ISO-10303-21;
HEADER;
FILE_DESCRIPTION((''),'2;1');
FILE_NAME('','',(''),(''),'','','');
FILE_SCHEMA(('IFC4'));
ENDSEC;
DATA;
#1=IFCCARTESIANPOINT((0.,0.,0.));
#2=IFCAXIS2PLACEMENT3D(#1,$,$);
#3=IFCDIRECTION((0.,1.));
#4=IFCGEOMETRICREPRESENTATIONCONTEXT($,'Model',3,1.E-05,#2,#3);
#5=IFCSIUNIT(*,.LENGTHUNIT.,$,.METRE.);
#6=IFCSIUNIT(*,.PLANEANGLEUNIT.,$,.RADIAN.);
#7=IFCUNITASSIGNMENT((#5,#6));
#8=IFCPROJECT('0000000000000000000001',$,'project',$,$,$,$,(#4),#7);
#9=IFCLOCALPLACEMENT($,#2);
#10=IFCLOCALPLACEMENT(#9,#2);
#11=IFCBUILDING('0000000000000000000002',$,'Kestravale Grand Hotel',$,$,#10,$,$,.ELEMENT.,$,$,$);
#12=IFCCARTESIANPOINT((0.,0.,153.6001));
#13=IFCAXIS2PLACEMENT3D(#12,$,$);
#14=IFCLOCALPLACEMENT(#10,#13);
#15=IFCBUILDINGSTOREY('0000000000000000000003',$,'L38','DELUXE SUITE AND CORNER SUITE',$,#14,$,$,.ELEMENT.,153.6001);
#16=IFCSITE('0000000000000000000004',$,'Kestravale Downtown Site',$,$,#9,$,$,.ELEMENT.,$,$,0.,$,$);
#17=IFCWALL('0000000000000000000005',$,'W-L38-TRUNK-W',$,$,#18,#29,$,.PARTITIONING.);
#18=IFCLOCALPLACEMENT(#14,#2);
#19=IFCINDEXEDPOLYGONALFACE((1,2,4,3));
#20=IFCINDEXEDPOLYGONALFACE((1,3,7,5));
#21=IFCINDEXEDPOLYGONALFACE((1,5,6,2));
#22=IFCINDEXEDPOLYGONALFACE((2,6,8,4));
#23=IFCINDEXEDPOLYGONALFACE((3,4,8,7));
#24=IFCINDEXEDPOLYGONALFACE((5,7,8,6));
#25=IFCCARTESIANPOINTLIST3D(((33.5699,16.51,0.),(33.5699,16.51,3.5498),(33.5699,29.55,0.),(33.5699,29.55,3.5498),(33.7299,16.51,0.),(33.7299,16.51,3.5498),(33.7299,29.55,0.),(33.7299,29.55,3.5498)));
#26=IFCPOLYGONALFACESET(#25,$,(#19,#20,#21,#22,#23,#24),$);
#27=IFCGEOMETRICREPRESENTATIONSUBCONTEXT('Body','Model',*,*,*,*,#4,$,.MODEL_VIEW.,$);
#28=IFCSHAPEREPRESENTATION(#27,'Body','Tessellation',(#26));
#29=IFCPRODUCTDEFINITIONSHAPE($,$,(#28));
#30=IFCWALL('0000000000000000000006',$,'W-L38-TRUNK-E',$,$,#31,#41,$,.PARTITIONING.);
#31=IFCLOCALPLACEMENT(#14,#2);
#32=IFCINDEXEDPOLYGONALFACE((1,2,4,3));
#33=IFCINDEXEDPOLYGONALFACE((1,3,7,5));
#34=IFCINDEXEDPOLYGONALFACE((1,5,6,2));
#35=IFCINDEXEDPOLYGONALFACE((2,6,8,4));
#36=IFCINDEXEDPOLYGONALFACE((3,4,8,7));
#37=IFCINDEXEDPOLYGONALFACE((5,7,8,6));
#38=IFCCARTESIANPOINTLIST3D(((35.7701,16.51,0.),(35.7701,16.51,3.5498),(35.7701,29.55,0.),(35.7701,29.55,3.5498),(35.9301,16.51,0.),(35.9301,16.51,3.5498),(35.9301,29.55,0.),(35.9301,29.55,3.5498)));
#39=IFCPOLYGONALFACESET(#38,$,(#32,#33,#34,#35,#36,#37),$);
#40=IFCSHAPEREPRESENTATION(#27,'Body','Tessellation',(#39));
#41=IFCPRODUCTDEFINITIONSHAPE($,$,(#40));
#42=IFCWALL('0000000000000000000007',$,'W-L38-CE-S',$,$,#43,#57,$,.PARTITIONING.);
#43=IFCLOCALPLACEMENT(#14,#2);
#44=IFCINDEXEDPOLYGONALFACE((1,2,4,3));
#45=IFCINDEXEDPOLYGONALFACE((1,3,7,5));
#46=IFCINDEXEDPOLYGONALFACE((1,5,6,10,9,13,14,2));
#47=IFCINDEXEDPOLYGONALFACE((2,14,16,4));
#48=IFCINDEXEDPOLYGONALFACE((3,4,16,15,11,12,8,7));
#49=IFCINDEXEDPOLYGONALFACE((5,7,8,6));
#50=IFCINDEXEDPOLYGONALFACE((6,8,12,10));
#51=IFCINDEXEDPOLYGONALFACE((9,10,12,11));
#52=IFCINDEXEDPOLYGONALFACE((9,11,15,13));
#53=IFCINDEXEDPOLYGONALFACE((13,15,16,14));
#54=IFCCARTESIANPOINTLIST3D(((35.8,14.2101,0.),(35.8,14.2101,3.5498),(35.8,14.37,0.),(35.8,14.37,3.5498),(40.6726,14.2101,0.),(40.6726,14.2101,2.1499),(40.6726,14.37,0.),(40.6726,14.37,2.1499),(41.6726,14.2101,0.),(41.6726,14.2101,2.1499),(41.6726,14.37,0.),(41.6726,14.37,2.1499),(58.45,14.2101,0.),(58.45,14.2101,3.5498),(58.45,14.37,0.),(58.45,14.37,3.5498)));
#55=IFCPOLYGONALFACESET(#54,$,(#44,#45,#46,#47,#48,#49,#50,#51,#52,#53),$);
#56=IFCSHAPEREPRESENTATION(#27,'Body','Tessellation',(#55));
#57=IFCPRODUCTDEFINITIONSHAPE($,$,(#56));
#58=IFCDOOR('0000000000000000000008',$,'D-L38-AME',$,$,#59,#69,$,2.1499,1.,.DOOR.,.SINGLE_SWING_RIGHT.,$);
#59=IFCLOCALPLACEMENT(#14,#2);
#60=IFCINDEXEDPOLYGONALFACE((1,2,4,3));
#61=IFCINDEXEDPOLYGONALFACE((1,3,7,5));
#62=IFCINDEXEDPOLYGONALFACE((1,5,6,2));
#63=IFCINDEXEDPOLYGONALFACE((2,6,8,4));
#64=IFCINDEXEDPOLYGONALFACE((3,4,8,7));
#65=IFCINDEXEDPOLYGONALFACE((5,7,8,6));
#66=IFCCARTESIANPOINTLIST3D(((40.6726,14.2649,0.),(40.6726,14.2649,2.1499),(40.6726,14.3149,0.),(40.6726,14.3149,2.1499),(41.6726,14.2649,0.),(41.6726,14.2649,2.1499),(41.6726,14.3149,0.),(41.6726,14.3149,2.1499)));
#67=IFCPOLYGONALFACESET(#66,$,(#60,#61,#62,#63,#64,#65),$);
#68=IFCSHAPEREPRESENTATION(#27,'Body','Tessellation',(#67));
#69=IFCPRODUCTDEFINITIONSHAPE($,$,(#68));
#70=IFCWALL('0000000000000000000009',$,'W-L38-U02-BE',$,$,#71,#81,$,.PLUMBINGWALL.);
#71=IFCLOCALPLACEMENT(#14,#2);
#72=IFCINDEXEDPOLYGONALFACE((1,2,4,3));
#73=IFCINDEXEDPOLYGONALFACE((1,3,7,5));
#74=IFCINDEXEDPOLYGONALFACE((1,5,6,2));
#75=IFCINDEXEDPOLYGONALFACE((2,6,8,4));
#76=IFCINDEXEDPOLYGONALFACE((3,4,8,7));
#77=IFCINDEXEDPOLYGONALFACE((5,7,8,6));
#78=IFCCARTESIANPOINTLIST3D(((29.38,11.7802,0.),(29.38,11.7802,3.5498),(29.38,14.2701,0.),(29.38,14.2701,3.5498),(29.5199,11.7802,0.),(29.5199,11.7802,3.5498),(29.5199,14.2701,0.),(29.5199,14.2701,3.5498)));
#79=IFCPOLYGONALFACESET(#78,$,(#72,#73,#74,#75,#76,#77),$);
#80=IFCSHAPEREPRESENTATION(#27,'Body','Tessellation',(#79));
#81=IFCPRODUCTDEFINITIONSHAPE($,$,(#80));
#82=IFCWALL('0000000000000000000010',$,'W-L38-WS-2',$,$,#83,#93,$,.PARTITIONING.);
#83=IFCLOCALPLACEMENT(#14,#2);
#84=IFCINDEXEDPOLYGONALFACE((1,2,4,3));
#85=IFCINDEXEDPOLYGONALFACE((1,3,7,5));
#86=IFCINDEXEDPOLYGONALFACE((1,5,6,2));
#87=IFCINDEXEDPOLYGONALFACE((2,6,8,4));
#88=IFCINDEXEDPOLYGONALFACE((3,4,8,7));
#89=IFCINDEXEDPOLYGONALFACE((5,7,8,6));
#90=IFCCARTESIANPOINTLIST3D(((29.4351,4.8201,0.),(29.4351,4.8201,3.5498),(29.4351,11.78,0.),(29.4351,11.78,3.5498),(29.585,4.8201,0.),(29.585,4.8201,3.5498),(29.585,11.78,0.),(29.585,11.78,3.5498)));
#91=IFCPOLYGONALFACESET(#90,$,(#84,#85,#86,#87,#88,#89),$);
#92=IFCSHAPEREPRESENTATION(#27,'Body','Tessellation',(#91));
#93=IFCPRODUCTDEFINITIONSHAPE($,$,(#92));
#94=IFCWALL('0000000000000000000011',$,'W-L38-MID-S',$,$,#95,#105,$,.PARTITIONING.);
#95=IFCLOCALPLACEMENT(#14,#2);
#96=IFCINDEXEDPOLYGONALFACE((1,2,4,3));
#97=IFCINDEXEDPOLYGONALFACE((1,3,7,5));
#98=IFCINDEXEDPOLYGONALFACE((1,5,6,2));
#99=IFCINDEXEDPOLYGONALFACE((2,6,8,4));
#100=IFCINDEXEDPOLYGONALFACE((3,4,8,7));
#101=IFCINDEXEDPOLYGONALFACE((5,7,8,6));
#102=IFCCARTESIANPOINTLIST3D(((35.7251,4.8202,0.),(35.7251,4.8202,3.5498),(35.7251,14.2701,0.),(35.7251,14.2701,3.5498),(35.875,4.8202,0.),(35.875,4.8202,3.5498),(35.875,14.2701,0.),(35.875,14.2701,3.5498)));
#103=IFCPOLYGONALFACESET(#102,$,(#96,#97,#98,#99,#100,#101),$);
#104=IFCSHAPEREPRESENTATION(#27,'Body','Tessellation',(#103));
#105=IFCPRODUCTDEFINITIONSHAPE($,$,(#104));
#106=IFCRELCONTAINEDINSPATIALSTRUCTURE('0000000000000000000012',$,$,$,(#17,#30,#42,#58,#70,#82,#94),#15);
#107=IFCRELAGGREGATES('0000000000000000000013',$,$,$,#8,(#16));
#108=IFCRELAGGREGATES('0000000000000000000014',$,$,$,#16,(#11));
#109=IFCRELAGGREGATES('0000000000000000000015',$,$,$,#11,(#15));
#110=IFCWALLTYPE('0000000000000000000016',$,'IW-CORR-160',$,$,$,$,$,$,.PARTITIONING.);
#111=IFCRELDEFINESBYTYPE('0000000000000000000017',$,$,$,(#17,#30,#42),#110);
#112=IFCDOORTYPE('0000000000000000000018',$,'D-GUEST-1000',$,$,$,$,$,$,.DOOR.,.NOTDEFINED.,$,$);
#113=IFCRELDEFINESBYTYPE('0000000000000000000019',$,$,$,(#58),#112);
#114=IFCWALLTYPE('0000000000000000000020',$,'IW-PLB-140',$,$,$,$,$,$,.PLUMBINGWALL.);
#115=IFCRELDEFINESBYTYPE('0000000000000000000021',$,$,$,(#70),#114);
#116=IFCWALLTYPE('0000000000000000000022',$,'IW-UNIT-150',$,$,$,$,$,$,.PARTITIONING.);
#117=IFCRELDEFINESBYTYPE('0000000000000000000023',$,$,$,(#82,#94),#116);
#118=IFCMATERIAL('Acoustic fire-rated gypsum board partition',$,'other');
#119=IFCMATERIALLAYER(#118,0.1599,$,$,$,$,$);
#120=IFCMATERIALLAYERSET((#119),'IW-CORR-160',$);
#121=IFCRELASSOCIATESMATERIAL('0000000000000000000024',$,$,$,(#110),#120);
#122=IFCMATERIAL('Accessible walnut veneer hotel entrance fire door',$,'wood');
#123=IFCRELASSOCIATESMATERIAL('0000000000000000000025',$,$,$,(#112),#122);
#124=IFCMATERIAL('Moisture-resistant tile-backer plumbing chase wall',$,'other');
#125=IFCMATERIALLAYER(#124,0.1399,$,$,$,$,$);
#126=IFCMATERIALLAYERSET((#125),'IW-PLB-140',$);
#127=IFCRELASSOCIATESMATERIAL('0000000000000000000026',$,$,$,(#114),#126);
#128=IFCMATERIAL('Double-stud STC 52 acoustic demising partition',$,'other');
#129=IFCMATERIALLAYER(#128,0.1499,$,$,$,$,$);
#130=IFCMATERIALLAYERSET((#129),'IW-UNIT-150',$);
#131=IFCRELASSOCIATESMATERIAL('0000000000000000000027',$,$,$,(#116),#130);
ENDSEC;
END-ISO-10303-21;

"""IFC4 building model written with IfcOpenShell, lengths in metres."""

from ifc_helpers import new_model, si_unit, direction, frame, frame_2d, origin, place, context, subcontext, project, spatial, rectangle, extrude, material, layer, layer_set, type_object, element, fill, save


model = new_model("IFC4")

# Units and contexts
model_context = context("Model", 3, precision=1e-05, world=origin(), true_north=direction((0.0, 1.0)))
body_context = subcontext(model_context, "Body", "Model", "MODEL_VIEW")
ifc_project = project(units=[si_unit("LENGTHUNIT", "METRE"), si_unit("PLANEANGLEUNIT", "RADIAN")], contexts=[model_context])

# Site, building, storey
site_placement = place(None, origin())
site = spatial("IfcSite", under=ifc_project, at=site_placement, Name="Kestravale Downtown Site", CompositionType="ELEMENT", RefElevation=0.0)
building_placement = place(site_placement, origin())
building = spatial("IfcBuilding", under=site, at=building_placement, Name="Kestravale Grand Hotel", CompositionType="ELEMENT")
storey_placement = place(building_placement, frame((0.0, 0.0, 153.6001)))
storey = spatial("IfcBuildingStorey", under=building, at=storey_placement, Name="L38", Description="DELUXE SUITE AND CORNER SUITE", CompositionType="ELEMENT", Elevation=153.6001)

# Shared definitions
ifc_material_1 = material(Name="Acoustic fire-rated gypsum board partition", Category="other")
ifc_layer_1 = layer(ifc_material_1, 0.1599)
ifc_layer_set_1 = layer_set([ifc_layer_1], Name="IW-CORR-160")
wall_type_1 = type_object("IfcWallType", Name="IW-CORR-160", PredefinedType="PARTITIONING", material=ifc_layer_set_1)
ifc_material_2 = material(Name="Accessible walnut veneer hotel entrance fire door", Category="wood")
door_type = type_object("IfcDoorType", Name="D-GUEST-1000", OperationType="NOTDEFINED", PredefinedType="DOOR", material=ifc_material_2)

# Walls
for number, where, z_axis, x_axis, name in (
    (1, (33.6499, 16.51, 0.0), (0.0, 0.0, 1.0), (0.0, 1.0, 0.0), "W-L38-TRUNK-W"),
    (2, (35.8501, 16.51, 0.0), (0.0, 0.0, 1.0), (0.0, 1.0, 0.0), "W-L38-TRUNK-E"),
):
    element("IfcWall", number, at=place(storey_placement, frame(where, z_axis=z_axis, x_axis=x_axis)), inside=storey, type_object=wall_type_1, Name=name, PredefinedType="PARTITIONING", context=body_context, shape_type="SweptSolid", body=[
        extrude(rectangle(XDim=13.04, YDim=0.1599, at=frame_2d((6.52, 0.0))), origin(), (0.0, 0.0, 1.0), 3.5498),
    ])

# Wall, opening, door
wall_1_placement = place(storey_placement, frame((35.8, 14.29, 0.0), z_axis=(0.0, 0.0, 1.0), x_axis=(1.0, 0.0, 0.0)))
wall_1 = element("IfcWall", 3, at=wall_1_placement, inside=storey, type_object=wall_type_1, Name="W-L38-CE-S", PredefinedType="PARTITIONING", context=body_context, shape_type="SweptSolid", body=[
    extrude(rectangle(XDim=22.6499, YDim=0.1599, at=frame_2d((11.325, 0.0))), origin(), (0.0, 0.0, 1.0), 3.5498),
])
opening_1_placement = place(wall_1_placement, frame((4.8726, 0.0, 0.0)))
opening_1 = element("IfcOpeningElement", 4, at=opening_1_placement, cuts=wall_1, PredefinedType="OPENING", context=body_context, shape_type="SweptSolid", body=[
    extrude(rectangle(XDim=1.0, YDim=2.1499, at=frame_2d((0.5, 1.075))), frame((0.0, 0.0898, 0.0), z_axis=(0.0, -1.0, 0.0), x_axis=(1.0, 0.0, 0.0)), (0.0, 0.0, 1.0), 0.1799),
])
door_1_placement = place(opening_1_placement, origin())
door_1 = element("IfcDoor", 5, at=door_1_placement, inside=storey, type_object=door_type, Name="D-L38-AME", OperationType="SINGLE_SWING_RIGHT", OverallHeight=2.1499, OverallWidth=1.0, PredefinedType="DOOR", context=body_context, shape_type="SweptSolid", body=[
    extrude(rectangle(XDim=1.0, YDim=2.1499, at=frame_2d((0.5, 1.075))), frame((0.0, 0.0249, 0.0), z_axis=(0.0, -1.0, 0.0), x_axis=(1.0, 0.0, 0.0)), (0.0, 0.0, 1.0), 0.05),
])
fill(opening_1, door_1)

# Walls
ifc_material_3 = material(Name="Moisture-resistant tile-backer plumbing chase wall", Category="other")
ifc_layer_2 = layer(ifc_material_3, 0.1399)
ifc_layer_set_2 = layer_set([ifc_layer_2], Name="IW-PLB-140")
wall_type_2 = type_object("IfcWallType", Name="IW-PLB-140", PredefinedType="PLUMBINGWALL", material=ifc_layer_set_2)
wall_2_placement = place(storey_placement, frame((29.45, 11.78, 0.0), z_axis=(0.0, 0.0, 1.0), x_axis=(0.0, 1.0, 0.0)))
element("IfcWall", 6, at=wall_2_placement, inside=storey, type_object=wall_type_2, Name="W-L38-U02-BE", PredefinedType="PLUMBINGWALL", context=body_context, shape_type="SweptSolid", body=[
    extrude(rectangle(XDim=2.49, YDim=0.1399, at=frame_2d((1.2451, 0.0))), origin(), (0.0, 0.0, 1.0), 3.5498),
])
ifc_material_4 = material(Name="Double-stud STC 52 acoustic demising partition", Category="other")
ifc_layer_3 = layer(ifc_material_4, 0.1499)
ifc_layer_set_3 = layer_set([ifc_layer_3], Name="IW-UNIT-150")
wall_type_3 = type_object("IfcWallType", Name="IW-UNIT-150", PredefinedType="PARTITIONING", material=ifc_layer_set_3)
wall_3_placement = place(storey_placement, frame((29.51, 4.8201, 0.0), z_axis=(0.0, 0.0, 1.0), x_axis=(0.0, 1.0, 0.0)))
element("IfcWall", 7, at=wall_3_placement, inside=storey, type_object=wall_type_3, Name="W-L38-WS-2", PredefinedType="PARTITIONING", context=body_context, shape_type="SweptSolid", body=[
    extrude(rectangle(XDim=6.96, YDim=0.1499, at=frame_2d((3.48, 0.0))), origin(), (0.0, 0.0, 1.0), 3.5498),
])
wall_4_placement = place(storey_placement, frame((35.8, 4.8201, 0.0), z_axis=(0.0, 0.0, 1.0), x_axis=(0.0, 1.0, 0.0)))
element("IfcWall", 8, at=wall_4_placement, inside=storey, type_object=wall_type_3, Name="W-L38-MID-S", PredefinedType="PARTITIONING", context=body_context, shape_type="SweptSolid", body=[
    extrude(rectangle(XDim=9.45, YDim=0.1499, at=frame_2d((4.7251, 0.0))), origin(), (0.0, 0.0, 1.0), 3.5498),
])

save(model, "model.ifc")
